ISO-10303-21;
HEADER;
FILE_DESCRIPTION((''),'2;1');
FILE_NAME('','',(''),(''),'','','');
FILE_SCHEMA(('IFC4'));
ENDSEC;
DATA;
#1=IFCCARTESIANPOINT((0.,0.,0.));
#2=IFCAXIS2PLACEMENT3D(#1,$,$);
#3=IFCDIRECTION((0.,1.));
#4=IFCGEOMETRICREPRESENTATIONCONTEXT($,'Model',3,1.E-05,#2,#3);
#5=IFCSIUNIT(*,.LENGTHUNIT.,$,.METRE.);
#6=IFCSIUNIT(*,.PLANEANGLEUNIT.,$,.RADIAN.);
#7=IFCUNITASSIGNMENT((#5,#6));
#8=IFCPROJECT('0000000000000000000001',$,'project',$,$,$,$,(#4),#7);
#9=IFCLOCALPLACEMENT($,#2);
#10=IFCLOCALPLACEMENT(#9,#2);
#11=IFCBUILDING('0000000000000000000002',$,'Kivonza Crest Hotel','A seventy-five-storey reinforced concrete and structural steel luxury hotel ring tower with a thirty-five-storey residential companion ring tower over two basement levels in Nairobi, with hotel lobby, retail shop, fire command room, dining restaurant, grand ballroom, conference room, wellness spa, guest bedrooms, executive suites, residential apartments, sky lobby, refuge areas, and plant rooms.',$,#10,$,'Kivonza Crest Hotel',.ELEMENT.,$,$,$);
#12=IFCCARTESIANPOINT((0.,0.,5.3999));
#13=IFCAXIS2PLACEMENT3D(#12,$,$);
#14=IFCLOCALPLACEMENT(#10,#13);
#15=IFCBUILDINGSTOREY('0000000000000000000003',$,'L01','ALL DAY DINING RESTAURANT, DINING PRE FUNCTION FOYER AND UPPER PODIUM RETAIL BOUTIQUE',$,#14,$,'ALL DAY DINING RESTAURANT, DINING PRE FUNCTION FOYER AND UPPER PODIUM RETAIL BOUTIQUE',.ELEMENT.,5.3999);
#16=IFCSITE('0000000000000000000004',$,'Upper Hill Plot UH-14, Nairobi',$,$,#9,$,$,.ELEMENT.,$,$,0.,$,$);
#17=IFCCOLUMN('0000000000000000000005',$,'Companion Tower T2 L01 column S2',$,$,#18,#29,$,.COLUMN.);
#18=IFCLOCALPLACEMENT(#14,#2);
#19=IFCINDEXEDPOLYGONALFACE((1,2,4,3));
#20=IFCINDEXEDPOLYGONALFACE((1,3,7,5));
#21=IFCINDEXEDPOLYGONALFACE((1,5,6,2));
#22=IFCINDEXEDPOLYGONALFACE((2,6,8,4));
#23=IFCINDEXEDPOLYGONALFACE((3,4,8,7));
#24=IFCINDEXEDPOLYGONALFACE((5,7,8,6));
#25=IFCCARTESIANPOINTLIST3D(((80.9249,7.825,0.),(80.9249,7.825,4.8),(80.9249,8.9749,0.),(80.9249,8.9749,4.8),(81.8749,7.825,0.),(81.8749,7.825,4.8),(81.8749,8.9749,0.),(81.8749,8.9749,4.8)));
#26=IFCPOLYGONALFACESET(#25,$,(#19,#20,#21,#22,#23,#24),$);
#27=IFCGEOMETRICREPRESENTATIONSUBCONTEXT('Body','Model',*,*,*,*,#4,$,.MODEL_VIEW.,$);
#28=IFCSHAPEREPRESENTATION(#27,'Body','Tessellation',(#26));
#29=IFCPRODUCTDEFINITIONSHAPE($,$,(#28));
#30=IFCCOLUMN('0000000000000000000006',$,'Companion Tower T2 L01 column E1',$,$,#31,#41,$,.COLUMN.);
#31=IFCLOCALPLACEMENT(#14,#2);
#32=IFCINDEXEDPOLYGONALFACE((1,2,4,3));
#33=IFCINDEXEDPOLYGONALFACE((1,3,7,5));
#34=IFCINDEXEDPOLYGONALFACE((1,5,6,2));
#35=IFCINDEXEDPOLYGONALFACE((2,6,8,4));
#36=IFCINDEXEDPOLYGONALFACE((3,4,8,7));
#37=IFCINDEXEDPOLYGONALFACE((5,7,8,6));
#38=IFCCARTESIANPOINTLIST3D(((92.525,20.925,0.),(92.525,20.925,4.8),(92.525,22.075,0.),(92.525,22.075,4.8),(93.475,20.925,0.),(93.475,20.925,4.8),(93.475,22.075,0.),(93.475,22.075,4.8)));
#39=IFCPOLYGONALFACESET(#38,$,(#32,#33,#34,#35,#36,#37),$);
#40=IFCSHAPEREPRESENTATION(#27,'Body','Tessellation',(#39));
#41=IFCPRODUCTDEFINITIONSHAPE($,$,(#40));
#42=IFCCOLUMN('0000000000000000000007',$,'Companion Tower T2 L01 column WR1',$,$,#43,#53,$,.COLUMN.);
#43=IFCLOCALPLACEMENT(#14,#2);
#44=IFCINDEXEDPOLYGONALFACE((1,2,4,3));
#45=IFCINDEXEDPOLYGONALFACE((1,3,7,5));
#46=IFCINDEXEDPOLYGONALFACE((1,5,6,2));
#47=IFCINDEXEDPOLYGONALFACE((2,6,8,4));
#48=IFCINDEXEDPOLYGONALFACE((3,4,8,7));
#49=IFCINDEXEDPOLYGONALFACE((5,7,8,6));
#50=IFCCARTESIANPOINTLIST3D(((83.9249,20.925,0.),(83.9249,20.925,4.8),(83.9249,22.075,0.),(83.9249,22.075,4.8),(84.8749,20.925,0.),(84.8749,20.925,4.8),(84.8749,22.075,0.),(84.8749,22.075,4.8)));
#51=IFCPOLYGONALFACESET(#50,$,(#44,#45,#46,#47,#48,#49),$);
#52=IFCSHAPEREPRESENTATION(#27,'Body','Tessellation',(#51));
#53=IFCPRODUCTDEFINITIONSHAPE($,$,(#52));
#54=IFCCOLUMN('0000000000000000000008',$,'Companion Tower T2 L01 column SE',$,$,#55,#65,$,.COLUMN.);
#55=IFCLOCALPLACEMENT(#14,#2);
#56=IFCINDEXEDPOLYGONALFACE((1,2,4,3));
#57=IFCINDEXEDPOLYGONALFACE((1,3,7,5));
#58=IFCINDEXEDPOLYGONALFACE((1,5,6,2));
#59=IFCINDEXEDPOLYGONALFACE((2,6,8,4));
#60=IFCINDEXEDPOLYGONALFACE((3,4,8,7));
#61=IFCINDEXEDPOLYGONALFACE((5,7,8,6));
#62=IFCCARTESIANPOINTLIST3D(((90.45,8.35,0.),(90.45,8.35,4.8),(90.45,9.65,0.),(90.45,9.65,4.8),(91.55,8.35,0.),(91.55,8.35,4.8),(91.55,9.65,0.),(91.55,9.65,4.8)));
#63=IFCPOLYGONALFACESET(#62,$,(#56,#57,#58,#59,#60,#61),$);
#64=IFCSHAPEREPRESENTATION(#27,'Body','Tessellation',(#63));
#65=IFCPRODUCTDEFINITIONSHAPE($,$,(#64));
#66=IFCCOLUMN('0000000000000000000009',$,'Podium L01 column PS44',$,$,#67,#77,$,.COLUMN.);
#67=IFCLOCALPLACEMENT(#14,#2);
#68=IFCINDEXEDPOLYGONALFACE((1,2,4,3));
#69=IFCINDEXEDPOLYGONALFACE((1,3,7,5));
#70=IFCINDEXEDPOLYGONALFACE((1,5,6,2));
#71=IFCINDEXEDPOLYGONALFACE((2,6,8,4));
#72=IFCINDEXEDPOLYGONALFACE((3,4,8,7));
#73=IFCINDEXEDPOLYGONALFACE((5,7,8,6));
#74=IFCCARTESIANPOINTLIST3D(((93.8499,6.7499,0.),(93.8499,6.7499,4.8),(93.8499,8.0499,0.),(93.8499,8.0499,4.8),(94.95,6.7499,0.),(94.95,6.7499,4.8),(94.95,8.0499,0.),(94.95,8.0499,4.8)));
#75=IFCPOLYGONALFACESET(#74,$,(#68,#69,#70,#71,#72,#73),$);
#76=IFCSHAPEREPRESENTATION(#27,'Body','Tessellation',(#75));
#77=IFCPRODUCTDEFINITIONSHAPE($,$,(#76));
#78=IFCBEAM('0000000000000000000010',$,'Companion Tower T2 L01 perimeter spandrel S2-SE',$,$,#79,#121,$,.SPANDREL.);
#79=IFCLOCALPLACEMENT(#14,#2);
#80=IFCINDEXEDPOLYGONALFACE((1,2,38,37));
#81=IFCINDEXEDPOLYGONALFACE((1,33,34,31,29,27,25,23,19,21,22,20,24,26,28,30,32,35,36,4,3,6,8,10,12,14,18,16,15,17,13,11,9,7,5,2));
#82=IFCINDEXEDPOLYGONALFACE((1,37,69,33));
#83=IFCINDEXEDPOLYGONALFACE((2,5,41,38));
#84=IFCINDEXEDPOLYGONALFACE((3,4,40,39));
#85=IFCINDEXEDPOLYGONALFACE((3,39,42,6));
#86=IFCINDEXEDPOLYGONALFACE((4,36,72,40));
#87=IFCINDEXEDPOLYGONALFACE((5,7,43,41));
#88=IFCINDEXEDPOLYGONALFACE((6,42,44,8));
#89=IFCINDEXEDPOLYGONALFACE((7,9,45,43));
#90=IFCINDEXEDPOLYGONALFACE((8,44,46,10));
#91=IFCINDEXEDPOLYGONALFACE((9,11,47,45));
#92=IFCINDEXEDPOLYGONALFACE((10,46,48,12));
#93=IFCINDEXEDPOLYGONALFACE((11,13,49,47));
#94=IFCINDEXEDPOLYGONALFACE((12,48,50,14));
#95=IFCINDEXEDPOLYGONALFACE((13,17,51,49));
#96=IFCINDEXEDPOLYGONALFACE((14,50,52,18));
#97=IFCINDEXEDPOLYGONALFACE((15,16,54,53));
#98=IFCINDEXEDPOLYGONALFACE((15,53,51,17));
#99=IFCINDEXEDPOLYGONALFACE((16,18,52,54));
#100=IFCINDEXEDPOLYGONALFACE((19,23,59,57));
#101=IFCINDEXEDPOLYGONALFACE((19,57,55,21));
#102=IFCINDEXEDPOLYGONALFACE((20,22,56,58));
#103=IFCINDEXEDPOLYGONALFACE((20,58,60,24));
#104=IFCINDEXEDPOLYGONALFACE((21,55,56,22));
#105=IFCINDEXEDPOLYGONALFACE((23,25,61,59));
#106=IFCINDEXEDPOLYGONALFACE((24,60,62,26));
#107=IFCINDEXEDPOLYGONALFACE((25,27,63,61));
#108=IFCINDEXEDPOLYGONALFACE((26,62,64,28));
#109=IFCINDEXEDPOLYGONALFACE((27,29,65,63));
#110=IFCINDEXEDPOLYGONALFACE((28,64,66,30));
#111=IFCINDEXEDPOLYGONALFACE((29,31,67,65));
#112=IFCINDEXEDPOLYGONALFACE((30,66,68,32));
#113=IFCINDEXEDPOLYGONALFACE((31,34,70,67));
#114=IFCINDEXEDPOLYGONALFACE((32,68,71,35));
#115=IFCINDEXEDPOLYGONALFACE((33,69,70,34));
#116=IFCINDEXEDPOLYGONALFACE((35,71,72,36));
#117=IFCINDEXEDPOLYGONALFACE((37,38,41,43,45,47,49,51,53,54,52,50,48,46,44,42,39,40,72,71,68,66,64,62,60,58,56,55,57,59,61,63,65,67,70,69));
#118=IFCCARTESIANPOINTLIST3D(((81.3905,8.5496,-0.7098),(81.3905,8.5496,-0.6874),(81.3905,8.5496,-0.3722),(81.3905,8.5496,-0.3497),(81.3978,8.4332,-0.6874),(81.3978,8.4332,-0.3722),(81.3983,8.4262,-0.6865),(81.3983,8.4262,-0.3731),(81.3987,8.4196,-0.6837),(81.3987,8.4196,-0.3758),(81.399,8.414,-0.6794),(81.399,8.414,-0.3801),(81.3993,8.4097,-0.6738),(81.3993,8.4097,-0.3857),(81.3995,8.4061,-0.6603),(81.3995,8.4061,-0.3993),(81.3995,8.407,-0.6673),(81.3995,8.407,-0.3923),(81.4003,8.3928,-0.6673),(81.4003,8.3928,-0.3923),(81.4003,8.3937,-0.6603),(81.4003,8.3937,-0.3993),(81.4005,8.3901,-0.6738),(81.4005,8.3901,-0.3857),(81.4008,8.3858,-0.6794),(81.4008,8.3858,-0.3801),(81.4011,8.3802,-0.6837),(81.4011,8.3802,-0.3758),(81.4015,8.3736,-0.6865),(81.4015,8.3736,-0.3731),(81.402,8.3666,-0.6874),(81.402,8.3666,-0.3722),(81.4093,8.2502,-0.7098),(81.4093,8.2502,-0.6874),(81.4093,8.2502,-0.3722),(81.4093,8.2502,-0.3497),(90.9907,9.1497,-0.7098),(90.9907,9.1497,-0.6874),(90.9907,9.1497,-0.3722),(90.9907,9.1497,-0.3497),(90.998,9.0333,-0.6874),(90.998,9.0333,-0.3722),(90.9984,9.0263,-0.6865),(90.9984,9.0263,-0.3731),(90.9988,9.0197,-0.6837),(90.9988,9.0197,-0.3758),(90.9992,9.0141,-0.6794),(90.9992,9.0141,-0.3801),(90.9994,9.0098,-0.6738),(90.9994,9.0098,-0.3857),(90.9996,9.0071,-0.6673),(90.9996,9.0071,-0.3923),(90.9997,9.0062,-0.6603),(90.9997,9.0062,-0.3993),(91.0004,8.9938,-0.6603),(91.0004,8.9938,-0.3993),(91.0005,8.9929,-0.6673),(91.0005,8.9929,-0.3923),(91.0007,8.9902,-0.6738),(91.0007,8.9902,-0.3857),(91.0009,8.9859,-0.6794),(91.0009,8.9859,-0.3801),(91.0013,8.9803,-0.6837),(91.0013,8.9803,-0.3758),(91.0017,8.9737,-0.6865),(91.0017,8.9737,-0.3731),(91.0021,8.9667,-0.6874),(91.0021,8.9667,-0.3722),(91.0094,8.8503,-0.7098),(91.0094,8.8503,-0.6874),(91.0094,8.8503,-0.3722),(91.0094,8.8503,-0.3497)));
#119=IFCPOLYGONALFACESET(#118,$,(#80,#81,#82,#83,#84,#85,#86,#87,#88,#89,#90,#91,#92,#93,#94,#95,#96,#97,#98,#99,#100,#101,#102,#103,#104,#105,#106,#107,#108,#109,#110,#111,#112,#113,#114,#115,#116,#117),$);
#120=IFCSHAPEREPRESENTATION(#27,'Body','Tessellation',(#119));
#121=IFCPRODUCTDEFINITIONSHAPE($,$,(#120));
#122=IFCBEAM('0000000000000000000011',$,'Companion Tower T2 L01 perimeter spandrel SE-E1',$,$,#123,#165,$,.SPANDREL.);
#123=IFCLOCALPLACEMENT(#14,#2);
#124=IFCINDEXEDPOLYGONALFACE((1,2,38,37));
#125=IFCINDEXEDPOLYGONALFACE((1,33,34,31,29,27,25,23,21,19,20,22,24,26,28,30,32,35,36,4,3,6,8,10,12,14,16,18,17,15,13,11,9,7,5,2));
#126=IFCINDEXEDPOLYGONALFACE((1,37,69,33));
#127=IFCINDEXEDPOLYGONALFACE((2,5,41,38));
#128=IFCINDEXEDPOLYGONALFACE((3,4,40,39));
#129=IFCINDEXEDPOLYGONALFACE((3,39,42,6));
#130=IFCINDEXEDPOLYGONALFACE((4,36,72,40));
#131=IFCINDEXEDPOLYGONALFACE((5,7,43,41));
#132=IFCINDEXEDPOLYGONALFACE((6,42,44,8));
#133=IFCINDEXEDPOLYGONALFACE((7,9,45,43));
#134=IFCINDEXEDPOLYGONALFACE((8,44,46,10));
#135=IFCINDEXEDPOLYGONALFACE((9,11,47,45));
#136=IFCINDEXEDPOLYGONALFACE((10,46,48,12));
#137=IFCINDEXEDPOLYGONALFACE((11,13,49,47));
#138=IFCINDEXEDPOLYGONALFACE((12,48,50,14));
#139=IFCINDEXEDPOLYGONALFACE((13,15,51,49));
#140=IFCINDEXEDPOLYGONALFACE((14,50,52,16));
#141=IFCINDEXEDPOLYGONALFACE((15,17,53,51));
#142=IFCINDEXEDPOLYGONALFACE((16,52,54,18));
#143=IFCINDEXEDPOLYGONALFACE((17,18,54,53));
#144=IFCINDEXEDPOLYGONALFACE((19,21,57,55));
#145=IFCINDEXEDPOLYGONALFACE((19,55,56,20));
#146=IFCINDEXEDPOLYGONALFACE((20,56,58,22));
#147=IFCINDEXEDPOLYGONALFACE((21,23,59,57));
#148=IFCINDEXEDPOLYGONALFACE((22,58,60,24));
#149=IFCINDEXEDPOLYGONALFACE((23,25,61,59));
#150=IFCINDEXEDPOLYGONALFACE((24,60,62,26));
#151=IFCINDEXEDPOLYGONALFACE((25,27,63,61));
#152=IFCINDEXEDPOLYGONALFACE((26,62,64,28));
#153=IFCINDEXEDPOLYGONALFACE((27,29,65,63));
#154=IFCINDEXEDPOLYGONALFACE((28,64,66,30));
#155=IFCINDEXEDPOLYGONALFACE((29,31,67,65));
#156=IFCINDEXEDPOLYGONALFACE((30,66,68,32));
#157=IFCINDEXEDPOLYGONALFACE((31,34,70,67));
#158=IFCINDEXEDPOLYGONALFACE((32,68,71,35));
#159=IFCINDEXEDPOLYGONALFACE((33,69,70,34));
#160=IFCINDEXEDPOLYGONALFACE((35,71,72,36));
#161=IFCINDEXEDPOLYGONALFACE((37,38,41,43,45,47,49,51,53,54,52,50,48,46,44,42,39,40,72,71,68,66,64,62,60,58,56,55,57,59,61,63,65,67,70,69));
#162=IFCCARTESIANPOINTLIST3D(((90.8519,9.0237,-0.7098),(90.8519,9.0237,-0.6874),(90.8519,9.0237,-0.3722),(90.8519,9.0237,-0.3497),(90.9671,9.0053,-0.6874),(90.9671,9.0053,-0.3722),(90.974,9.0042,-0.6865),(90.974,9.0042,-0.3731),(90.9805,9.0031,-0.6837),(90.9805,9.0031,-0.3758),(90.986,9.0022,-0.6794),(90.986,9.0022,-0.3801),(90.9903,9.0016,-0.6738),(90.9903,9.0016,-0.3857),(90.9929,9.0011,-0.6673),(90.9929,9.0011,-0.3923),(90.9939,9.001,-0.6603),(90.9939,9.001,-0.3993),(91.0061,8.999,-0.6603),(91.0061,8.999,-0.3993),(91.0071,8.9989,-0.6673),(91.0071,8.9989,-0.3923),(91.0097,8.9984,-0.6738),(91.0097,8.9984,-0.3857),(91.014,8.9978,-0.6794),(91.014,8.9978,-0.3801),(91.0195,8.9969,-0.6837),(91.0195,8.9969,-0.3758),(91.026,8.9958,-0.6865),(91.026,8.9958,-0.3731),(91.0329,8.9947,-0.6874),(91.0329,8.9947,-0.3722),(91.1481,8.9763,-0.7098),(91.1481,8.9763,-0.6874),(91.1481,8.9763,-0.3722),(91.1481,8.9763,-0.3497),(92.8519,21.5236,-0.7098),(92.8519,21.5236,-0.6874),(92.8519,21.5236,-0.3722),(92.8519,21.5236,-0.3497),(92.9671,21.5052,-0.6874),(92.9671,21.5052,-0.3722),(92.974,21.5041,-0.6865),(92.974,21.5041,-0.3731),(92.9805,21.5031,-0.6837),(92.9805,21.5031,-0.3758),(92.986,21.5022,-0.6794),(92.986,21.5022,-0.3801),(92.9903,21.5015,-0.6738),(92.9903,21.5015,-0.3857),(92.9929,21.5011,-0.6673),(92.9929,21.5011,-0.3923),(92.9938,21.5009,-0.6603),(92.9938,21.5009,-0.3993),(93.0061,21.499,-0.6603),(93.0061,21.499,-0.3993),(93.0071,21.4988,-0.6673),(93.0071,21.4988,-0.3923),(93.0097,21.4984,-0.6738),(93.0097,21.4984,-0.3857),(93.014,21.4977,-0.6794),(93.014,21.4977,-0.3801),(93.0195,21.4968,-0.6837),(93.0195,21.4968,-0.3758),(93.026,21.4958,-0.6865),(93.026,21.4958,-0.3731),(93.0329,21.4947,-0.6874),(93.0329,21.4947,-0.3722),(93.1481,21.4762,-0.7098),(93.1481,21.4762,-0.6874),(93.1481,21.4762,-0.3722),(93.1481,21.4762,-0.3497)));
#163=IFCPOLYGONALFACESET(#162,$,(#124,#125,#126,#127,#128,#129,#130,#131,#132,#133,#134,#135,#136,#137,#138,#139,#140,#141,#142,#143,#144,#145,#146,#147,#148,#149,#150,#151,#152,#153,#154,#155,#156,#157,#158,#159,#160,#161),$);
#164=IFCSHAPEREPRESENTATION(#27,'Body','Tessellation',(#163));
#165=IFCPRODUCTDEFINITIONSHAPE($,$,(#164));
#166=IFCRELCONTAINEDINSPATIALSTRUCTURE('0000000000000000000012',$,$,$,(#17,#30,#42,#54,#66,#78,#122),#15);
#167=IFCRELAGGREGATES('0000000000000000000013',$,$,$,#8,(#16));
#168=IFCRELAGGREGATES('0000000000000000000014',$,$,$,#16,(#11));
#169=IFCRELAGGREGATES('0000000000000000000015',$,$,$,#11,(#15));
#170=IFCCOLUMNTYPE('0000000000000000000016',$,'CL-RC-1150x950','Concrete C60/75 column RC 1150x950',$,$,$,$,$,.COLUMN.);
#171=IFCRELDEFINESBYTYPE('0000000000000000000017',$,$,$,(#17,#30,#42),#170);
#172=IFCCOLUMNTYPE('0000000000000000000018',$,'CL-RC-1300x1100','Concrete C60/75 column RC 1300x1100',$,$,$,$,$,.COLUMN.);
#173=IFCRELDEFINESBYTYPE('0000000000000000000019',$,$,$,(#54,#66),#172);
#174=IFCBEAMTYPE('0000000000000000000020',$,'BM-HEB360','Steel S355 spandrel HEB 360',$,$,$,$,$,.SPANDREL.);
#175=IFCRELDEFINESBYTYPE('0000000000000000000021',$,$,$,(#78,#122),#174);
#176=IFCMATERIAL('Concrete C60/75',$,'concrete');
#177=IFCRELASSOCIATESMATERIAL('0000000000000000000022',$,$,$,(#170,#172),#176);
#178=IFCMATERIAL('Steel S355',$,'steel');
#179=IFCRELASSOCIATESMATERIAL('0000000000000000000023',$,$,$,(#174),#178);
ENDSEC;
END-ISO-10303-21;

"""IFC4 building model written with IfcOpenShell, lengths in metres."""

from ifc_helpers import new_model, si_unit, direction, frame, origin, origin_2d, place, context, subcontext, project, spatial, rectangle, i_section, extrude, material, material_profile, profile_set, type_object, element, save


model = new_model("IFC4")

# Units and contexts
model_context = context("Model", 3, precision=1e-05, world=origin(), true_north=direction((0.0, 1.0)))
body_context = subcontext(model_context, "Body", "Model", "MODEL_VIEW")
ifc_project = project(units=[si_unit("LENGTHUNIT", "METRE"), si_unit("PLANEANGLEUNIT", "RADIAN")], contexts=[model_context])

# Site, building, storey
site_placement = place(None, origin())
site = spatial("IfcSite", under=ifc_project, at=site_placement, Name="Upper Hill Plot UH-14, Nairobi", CompositionType="ELEMENT", RefElevation=0.0)
building_placement = place(site_placement, origin())
building = spatial("IfcBuilding", under=site, at=building_placement, Name="Kivonza Crest Hotel", Description="A seventy-five-storey reinforced concrete and structural steel luxury hotel ring tower with a thirty-five-storey residential companion ring tower over two basement levels in Nairobi, with hotel lobby, retail shop, fire command room, dining restaurant, grand ballroom, conference room, wellness spa, guest bedrooms, executive suites, residential apartments, sky lobby, refuge areas, and plant rooms.", LongName="Kivonza Crest Hotel", CompositionType="ELEMENT")
storey_placement = place(building_placement, frame((0.0, 0.0, 5.3999)))
storey = spatial("IfcBuildingStorey", under=building, at=storey_placement, Name="L01", Description="ALL DAY DINING RESTAURANT, DINING PRE FUNCTION FOYER AND UPPER PODIUM RETAIL BOUTIQUE", LongName="ALL DAY DINING RESTAURANT, DINING PRE FUNCTION FOYER AND UPPER PODIUM RETAIL BOUTIQUE", CompositionType="ELEMENT", Elevation=5.3999)

# Columns
ifc_material_1 = material(Name="Concrete C60/75", Category="concrete")
ifc_material_profile_1 = material_profile(ifc_material_1, rectangle(XDim=0.95, YDim=1.1499, at=origin_2d()), Name="RC 1150x950")
ifc_profile_set_1 = profile_set([ifc_material_profile_1], Name="Concrete C60/75")
column_type_1 = type_object("IfcColumnType", Name="CL-RC-1150x950", Description="Concrete C60/75 column RC 1150x950", PredefinedType="COLUMN", material=ifc_profile_set_1)
for number, where, z_axis, x_axis, name in (
    (1, (81.3999, 8.3999, 0.0), (0.0, 0.0, 1.0), (1.0, 0.0, 0.0), "Companion Tower T2 L01 column S2"),
    (2, (93.0, 21.5, 0.0), (0.0, 0.0, 1.0), (1.0, 0.0, 0.0), "Companion Tower T2 L01 column E1"),
    (3, (84.3999, 21.5, 0.0), (0.0, 0.0, 1.0), (1.0, 0.0, 0.0), "Companion Tower T2 L01 column WR1"),
):
    element("IfcColumn", number, at=place(storey_placement, frame(where, z_axis=z_axis, x_axis=x_axis)), inside=storey, type_object=column_type_1, Name=name, PredefinedType="COLUMN", context=body_context, shape_type="SweptSolid", body=[
        extrude(rectangle(XDim=0.95, YDim=1.1499, at=origin_2d()), origin(), (0.0, 0.0, 1.0), 4.8),
    ])
ifc_material_profile_2 = material_profile(ifc_material_1, rectangle(XDim=1.1001, YDim=1.3, at=origin_2d()), Name="RC 1300x1100")
ifc_profile_set_2 = profile_set([ifc_material_profile_2], Name="Concrete C60/75")
column_type_2 = type_object("IfcColumnType", Name="CL-RC-1300x1100", Description="Concrete C60/75 column RC 1300x1100", PredefinedType="COLUMN", material=ifc_profile_set_2)
for number, where, z_axis, x_axis, name in (
    (4, (91.0, 9.0, 0.0), (0.0, 0.0, 1.0), (1.0, 0.0, 0.0), "Companion Tower T2 L01 column SE"),
    (5, (94.3999, 7.3999, 0.0), (0.0, 0.0, 1.0), (1.0, 0.0, 0.0), "Podium L01 column PS44"),
):
    element("IfcColumn", number, at=place(storey_placement, frame(where, z_axis=z_axis, x_axis=x_axis)), inside=storey, type_object=column_type_2, Name=name, PredefinedType="COLUMN", context=body_context, shape_type="SweptSolid", body=[
        extrude(rectangle(XDim=1.1001, YDim=1.3, at=origin_2d()), origin(), (0.0, 0.0, 1.0), 4.8),
    ])

# Beams
ifc_material_2 = material(Name="Steel S355", Category="steel")
ifc_material_profile_3 = material_profile(ifc_material_2, i_section(OverallWidth=0.3, OverallDepth=0.3601, WebThickness=0.0125, FlangeThickness=0.0225, FilletRadius=0.0271, at=origin_2d()), Name="HEB 360")
ifc_profile_set_3 = profile_set([ifc_material_profile_3], Name="Steel S355")
beam_type_1 = type_object("IfcBeamType", Name="BM-HEB360", Description="Steel S355 spandrel HEB 360", PredefinedType="SPANDREL", material=ifc_profile_set_3)
beam_1_placement = place(storey_placement, frame((81.3999, 8.3999, -0.5298), z_axis=(0.998052, 0.062388, 0.0), x_axis=(-0.062388, 0.998052, 0.0)))
element("IfcBeam", 6, at=beam_1_placement, inside=storey, type_object=beam_type_1, Name="Companion Tower T2 L01 perimeter spandrel S2-SE", PredefinedType="SPANDREL", context=body_context, shape_type="SweptSolid", body=[
    extrude(i_section(OverallWidth=0.3, OverallDepth=0.3601, WebThickness=0.0125, FlangeThickness=0.0225, FilletRadius=0.0271, at=origin_2d()), origin(), (0.0, 0.0, 1.0), 9.6189),
])
beam_2_placement = place(storey_placement, frame((91.0, 9.0, -0.5298), z_axis=(0.157991, 0.987441, 0.0), x_axis=(-0.987441, 0.157991, 0.0)))
element("IfcBeam", 7, at=beam_2_placement, inside=storey, type_object=beam_type_1, Name="Companion Tower T2 L01 perimeter spandrel SE-E1", PredefinedType="SPANDREL", context=body_context, shape_type="SweptSolid", body=[
    extrude(i_section(OverallWidth=0.3, OverallDepth=0.3601, WebThickness=0.0125, FlangeThickness=0.0225, FilletRadius=0.0271, at=origin_2d()), origin(), (0.0, 0.0, 1.0), 12.6589),
])

save(model, "model.ifc")
